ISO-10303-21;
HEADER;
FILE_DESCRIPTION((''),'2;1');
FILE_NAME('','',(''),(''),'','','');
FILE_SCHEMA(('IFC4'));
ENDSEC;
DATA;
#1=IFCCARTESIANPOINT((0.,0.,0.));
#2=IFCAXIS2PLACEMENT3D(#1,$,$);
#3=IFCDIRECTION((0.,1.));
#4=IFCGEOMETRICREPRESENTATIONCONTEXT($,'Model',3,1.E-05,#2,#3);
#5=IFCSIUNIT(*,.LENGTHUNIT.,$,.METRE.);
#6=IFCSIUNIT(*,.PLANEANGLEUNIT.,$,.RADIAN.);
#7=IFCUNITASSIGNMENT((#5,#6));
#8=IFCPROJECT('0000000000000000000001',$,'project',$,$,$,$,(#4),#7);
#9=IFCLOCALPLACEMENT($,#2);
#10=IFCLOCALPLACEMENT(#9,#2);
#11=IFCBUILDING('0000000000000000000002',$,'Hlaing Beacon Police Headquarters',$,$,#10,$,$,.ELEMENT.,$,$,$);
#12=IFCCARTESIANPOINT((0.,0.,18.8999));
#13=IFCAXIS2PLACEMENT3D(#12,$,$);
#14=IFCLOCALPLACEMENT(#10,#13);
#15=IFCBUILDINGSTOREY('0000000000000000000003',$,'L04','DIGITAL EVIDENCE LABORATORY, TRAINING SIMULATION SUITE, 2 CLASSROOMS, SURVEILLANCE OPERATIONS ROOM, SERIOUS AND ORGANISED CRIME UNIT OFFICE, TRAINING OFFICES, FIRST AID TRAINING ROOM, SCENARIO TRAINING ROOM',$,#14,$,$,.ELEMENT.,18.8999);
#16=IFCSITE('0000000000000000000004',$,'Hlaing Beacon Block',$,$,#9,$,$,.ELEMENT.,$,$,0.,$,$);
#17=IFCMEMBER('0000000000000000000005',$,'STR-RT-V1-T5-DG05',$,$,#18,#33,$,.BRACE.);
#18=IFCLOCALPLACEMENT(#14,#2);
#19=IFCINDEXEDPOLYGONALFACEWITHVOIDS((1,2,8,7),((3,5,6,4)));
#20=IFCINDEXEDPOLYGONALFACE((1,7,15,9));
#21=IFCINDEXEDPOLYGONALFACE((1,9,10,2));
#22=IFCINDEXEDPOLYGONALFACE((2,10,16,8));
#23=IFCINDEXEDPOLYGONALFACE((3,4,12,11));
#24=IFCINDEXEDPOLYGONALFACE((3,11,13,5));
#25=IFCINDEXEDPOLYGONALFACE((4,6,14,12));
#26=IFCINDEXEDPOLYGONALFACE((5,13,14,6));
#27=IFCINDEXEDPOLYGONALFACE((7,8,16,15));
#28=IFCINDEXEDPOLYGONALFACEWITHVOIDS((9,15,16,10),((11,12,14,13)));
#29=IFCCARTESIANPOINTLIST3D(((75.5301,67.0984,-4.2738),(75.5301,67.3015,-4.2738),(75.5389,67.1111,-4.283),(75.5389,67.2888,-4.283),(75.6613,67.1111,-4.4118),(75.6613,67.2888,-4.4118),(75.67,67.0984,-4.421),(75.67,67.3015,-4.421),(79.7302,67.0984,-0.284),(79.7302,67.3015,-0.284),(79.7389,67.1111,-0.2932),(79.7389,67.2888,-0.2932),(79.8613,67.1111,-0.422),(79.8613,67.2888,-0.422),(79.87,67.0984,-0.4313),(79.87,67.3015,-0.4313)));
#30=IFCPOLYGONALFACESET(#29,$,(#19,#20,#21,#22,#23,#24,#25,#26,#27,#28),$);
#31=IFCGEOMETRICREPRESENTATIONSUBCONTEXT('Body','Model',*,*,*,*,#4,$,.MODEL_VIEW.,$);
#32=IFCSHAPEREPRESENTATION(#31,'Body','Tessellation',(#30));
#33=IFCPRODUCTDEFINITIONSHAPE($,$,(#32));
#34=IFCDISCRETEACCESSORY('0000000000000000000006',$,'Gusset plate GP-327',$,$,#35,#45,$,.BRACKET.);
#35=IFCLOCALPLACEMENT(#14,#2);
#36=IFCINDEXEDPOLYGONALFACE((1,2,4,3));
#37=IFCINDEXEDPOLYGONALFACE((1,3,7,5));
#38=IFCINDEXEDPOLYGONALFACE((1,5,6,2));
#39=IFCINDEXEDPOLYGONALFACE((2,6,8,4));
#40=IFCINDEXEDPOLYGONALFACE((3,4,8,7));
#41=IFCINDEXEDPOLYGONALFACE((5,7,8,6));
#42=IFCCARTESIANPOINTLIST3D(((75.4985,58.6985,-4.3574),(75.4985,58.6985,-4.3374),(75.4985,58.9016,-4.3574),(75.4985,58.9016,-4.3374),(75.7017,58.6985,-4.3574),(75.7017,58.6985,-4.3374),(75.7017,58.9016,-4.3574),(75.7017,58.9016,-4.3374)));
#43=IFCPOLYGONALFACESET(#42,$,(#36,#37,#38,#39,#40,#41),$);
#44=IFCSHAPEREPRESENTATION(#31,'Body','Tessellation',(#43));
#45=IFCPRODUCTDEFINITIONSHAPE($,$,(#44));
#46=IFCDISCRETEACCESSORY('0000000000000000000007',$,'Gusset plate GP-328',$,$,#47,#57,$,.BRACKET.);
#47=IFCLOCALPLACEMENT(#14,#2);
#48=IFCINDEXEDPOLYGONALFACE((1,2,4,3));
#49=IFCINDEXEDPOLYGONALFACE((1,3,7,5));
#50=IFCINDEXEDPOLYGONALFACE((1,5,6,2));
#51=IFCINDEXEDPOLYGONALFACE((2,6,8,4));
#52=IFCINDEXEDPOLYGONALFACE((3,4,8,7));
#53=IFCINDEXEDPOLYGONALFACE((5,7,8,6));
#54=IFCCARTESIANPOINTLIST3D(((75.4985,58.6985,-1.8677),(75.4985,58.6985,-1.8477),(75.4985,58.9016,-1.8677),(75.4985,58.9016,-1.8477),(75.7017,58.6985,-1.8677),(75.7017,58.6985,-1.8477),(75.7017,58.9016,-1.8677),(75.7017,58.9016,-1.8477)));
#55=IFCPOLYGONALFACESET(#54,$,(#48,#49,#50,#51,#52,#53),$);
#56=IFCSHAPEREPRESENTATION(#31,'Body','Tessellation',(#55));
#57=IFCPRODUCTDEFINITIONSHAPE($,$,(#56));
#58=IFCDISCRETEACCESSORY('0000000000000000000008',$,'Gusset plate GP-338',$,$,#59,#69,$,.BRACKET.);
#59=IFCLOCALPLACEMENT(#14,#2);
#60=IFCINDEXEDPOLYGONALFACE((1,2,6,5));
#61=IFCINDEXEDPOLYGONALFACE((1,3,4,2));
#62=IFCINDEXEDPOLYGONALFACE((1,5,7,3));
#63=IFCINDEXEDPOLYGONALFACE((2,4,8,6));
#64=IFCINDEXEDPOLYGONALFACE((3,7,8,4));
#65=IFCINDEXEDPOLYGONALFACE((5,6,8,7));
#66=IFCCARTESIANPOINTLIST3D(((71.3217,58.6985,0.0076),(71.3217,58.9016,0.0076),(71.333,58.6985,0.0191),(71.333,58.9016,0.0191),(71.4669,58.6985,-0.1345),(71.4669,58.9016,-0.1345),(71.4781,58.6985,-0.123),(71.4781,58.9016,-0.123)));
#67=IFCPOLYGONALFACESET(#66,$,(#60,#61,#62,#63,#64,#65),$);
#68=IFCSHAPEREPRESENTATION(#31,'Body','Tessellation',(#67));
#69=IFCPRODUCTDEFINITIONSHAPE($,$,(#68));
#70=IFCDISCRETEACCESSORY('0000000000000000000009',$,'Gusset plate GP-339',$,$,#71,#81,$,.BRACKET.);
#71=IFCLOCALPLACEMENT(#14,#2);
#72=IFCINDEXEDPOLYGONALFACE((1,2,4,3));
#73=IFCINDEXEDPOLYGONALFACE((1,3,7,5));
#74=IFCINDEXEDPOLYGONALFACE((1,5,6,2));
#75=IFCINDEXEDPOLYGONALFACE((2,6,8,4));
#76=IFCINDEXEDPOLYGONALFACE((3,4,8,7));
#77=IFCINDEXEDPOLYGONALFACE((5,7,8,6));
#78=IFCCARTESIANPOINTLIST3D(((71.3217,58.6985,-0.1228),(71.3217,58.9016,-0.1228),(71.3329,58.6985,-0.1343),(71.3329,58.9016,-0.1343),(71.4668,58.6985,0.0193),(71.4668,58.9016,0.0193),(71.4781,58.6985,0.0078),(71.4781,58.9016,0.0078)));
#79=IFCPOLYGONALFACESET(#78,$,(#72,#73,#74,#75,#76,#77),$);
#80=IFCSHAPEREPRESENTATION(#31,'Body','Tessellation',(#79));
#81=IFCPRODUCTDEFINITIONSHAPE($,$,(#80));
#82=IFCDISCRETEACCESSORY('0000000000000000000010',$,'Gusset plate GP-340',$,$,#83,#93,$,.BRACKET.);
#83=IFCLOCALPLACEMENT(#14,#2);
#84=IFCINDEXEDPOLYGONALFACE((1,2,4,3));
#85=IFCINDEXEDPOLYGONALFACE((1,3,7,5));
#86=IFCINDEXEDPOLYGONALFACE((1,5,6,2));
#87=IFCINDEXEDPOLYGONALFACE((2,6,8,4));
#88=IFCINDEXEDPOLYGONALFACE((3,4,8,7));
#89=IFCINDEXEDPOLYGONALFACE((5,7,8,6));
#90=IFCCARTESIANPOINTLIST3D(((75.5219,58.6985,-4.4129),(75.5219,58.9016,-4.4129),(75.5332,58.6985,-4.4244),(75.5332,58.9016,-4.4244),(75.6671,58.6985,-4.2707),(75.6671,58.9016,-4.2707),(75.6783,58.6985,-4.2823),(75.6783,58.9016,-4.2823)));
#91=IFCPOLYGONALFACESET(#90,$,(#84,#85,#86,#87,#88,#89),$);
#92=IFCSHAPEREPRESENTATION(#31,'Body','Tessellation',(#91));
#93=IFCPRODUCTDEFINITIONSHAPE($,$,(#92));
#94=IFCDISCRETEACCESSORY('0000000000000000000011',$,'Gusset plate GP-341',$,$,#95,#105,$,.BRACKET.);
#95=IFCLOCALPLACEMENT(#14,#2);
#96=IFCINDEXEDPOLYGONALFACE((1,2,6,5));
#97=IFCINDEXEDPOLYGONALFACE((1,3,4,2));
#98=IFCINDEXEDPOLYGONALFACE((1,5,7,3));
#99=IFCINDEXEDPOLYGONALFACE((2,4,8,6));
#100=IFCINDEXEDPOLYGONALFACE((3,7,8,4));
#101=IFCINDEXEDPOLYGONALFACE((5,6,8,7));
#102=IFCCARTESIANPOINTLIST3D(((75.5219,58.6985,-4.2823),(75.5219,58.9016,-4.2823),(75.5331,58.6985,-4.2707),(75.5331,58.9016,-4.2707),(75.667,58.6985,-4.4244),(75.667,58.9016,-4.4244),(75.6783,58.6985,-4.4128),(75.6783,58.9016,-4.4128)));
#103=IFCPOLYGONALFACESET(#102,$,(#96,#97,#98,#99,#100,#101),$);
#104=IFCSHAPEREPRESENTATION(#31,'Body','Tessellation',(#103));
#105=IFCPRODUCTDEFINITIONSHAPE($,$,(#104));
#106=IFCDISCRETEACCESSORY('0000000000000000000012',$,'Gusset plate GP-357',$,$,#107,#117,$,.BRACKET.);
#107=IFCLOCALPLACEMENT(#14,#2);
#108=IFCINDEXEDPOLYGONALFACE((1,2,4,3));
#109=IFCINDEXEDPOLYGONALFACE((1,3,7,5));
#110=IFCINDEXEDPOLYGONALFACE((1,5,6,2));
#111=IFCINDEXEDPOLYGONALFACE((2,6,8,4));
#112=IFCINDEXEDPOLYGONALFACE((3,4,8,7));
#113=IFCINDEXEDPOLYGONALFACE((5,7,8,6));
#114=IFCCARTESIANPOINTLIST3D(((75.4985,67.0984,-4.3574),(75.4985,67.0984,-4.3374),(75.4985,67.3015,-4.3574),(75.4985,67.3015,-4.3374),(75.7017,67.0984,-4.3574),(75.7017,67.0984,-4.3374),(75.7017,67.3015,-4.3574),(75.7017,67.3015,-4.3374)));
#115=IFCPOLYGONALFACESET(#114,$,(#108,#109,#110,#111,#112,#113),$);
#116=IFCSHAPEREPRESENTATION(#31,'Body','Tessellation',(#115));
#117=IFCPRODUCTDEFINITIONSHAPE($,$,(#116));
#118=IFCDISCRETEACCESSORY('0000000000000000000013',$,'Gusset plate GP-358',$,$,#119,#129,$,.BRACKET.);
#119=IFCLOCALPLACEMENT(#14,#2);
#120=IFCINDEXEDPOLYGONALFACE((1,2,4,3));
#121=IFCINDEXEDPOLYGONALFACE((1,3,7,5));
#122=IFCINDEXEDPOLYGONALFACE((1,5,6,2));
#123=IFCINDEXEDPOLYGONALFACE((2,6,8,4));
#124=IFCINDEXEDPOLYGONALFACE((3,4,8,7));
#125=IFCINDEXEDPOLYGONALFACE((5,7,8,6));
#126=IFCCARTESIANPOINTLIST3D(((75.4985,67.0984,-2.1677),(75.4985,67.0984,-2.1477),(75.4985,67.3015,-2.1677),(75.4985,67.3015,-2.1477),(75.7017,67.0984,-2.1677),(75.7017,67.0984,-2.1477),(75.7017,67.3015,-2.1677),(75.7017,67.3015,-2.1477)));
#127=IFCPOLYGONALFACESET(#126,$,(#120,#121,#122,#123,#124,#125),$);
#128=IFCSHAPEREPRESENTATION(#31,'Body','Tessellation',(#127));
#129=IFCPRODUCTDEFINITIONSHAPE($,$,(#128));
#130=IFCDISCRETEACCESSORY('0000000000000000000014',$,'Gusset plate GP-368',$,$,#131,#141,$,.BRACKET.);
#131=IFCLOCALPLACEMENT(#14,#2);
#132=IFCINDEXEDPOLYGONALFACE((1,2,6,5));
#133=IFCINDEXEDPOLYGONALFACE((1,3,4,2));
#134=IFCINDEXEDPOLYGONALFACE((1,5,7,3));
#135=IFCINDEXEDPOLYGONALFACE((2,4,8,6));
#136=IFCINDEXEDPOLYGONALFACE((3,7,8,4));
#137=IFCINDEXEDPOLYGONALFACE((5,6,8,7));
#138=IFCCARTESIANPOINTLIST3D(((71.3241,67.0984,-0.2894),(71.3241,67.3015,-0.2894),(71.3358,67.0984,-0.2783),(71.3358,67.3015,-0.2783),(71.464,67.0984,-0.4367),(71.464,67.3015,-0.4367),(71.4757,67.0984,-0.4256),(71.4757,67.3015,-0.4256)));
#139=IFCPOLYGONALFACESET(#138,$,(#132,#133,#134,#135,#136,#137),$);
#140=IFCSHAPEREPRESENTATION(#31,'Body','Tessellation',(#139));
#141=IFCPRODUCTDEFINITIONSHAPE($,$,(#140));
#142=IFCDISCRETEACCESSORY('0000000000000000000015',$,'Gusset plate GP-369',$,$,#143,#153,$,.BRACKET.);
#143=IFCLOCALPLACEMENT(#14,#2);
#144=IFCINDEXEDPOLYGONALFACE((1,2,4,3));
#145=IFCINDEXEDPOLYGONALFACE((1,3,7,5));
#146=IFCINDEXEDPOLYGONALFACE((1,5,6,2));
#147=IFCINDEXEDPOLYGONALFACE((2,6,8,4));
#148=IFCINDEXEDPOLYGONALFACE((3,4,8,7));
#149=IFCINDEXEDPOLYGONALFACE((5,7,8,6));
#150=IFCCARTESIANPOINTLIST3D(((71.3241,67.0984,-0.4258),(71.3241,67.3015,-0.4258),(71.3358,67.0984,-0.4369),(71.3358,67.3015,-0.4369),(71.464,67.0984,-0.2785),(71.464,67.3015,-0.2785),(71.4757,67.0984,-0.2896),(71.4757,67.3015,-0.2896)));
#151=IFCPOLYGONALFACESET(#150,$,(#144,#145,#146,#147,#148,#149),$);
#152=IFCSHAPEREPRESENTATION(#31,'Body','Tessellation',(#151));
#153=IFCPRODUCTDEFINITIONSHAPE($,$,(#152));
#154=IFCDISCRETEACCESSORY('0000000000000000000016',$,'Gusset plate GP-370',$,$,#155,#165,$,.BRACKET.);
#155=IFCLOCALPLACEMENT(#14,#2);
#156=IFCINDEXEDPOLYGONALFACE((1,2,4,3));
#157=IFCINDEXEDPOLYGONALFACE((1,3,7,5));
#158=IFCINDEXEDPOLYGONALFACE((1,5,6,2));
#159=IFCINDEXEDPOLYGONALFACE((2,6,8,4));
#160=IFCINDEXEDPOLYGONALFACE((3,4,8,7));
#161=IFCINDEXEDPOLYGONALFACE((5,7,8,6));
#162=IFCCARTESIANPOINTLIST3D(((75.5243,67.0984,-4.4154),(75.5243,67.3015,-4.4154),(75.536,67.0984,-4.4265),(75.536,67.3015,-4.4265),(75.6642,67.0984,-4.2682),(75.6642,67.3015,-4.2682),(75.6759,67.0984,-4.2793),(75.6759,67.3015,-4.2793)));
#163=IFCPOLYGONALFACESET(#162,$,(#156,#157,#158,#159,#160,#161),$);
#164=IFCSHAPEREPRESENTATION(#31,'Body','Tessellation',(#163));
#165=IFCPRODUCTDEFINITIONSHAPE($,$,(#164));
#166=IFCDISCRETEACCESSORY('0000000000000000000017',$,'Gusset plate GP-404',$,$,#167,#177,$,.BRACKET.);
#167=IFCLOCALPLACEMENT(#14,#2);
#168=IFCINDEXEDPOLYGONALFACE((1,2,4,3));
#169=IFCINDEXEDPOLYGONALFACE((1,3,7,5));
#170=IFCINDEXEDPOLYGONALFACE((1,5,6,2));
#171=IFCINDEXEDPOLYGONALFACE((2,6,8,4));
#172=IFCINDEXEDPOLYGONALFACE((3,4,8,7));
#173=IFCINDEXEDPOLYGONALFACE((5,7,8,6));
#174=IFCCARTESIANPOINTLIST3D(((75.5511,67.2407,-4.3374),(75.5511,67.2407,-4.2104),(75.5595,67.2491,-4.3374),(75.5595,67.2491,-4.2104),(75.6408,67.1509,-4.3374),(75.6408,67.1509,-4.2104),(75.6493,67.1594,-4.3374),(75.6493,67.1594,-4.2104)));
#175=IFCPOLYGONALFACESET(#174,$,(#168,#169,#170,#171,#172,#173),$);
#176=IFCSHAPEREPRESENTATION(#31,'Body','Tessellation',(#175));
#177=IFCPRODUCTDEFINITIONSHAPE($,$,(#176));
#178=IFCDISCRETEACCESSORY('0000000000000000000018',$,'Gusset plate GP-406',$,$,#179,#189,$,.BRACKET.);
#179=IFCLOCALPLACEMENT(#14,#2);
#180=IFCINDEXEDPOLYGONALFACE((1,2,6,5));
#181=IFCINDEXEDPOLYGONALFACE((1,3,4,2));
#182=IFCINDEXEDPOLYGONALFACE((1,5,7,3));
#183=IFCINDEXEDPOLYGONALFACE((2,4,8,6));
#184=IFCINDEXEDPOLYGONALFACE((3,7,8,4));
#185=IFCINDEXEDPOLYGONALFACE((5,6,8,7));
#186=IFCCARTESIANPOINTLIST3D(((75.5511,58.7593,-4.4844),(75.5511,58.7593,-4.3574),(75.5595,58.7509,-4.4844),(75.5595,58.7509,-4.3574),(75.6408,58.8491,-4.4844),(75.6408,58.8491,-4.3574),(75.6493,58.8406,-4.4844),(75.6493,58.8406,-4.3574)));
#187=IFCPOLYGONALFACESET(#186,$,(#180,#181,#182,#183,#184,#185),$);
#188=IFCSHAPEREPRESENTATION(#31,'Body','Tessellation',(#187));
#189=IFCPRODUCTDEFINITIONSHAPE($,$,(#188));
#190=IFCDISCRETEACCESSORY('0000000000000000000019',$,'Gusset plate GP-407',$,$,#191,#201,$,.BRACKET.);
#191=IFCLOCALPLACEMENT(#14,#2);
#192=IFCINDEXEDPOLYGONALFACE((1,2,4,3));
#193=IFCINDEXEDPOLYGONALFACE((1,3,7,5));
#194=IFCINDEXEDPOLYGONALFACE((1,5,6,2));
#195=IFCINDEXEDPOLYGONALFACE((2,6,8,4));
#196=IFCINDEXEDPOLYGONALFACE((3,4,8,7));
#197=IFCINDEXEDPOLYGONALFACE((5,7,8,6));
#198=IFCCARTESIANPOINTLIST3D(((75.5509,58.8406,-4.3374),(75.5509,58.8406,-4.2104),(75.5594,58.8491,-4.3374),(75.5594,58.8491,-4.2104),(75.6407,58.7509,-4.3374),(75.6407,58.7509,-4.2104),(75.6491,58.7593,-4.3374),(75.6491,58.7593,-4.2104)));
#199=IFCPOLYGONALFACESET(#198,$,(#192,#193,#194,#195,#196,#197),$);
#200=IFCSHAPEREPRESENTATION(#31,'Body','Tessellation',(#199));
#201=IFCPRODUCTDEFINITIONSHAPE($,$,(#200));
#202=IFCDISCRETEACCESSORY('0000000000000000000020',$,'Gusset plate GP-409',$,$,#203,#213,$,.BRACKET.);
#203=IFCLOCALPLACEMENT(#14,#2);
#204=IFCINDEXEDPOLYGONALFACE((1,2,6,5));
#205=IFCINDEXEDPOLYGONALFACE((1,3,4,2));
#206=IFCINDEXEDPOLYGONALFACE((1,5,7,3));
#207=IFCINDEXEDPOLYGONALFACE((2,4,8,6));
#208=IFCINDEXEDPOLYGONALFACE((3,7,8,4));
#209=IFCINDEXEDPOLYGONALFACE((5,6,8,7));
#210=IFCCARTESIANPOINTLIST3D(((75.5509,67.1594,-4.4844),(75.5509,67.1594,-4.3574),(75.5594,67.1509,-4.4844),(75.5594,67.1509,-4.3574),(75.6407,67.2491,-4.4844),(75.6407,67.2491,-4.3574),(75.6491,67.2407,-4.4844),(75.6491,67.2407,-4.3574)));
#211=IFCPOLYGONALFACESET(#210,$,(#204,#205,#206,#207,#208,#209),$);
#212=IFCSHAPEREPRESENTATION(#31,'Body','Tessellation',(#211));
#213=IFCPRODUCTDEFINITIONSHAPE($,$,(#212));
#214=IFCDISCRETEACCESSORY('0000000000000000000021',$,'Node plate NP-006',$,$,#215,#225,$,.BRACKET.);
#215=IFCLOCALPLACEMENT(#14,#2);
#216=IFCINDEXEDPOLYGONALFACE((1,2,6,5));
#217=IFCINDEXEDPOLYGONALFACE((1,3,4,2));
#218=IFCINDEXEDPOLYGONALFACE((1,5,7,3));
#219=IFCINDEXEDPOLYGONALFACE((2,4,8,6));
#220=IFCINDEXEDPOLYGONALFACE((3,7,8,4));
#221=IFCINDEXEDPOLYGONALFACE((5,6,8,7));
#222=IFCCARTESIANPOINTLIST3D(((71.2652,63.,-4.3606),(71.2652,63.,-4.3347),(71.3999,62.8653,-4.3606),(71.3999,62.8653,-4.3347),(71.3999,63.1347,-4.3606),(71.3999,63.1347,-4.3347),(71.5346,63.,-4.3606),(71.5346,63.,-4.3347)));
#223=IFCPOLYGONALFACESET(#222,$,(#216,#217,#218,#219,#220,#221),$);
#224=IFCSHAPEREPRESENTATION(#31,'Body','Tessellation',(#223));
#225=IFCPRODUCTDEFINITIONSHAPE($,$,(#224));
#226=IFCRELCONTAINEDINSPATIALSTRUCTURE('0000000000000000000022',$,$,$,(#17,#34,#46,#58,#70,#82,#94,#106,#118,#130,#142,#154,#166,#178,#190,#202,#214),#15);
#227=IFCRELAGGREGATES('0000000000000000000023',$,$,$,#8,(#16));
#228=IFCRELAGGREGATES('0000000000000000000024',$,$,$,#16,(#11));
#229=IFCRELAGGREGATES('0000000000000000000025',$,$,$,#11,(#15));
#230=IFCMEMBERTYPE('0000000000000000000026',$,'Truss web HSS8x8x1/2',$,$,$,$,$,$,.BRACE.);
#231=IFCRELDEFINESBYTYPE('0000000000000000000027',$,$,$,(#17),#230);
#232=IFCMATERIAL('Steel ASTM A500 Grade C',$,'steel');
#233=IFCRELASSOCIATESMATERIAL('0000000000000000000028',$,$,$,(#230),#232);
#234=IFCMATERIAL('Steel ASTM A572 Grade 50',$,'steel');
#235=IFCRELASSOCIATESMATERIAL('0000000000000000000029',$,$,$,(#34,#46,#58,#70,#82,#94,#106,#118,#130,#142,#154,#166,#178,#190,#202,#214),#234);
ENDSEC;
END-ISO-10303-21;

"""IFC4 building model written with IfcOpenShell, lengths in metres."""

from ifc_helpers import new_model, si_unit, direction, frame, origin, origin_2d, place, context, subcontext, project, spatial, rectangle, hollow_rectangle, extrude, material, material_profile, profile_set, type_object, element, save


model = new_model("IFC4")

# Units and contexts
model_context = context("Model", 3, precision=1e-05, world=origin(), true_north=direction((0.0, 1.0)))
body_context = subcontext(model_context, "Body", "Model", "MODEL_VIEW")
ifc_project = project(units=[si_unit("LENGTHUNIT", "METRE"), si_unit("PLANEANGLEUNIT", "RADIAN")], contexts=[model_context])

# Site, building, storey
site_placement = place(None, origin())
site = spatial("IfcSite", under=ifc_project, at=site_placement, Name="Hlaing Beacon Block", CompositionType="ELEMENT", RefElevation=0.0)
building_placement = place(site_placement, origin())
building = spatial("IfcBuilding", under=site, at=building_placement, Name="Hlaing Beacon Police Headquarters", CompositionType="ELEMENT")
storey_placement = place(building_placement, frame((0.0, 0.0, 18.8999)))
storey = spatial("IfcBuildingStorey", under=building, at=storey_placement, Name="L04", Description="DIGITAL EVIDENCE LABORATORY, TRAINING SIMULATION SUITE, 2 CLASSROOMS, SURVEILLANCE OPERATIONS ROOM, SERIOUS AND ORGANISED CRIME UNIT OFFICE, TRAINING OFFICES, FIRST AID TRAINING ROOM, SCENARIO TRAINING ROOM", CompositionType="ELEMENT", Elevation=18.8999)

# Member
ifc_material_1 = material(Name="Steel ASTM A500 Grade C", Category="steel")
ifc_material_profile_1 = material_profile(ifc_material_1, hollow_rectangle(XDim=0.2031, YDim=0.2031, WallThickness=0.0127, at=origin_2d()), Name="HSS8x8x1/2")
ifc_profile_set_1 = profile_set([ifc_material_profile_1], Name="Steel ASTM A500 Grade C")
member_type_1 = type_object("IfcMemberType", Name="Truss web HSS8x8x1/2", PredefinedType="BRACE", material=ifc_profile_set_1)
for number, where, z_axis, x_axis, name in (
    (1, (75.6001, 67.2, -4.3474), (0.725017, 0.0, 0.688731), (0.0, 1.0, 0.0), "STR-RT-V1-T5-DG05"),
):
    element("IfcMember", number, at=place(storey_placement, frame(where, z_axis=z_axis, x_axis=x_axis)), inside=storey, type_object=member_type_1, Name=name, PredefinedType="BRACE", context=body_context, shape_type="SweptSolid", body=[
        extrude(hollow_rectangle(XDim=0.2031, YDim=0.2031, WallThickness=0.0127, at=origin_2d()), origin(), (0.0, 0.0, 1.0), 5.793),
    ])

# Discrete accessories
ifc_material_2 = material(Name="Steel ASTM A572 Grade 50", Category="steel")
for number, where, z_axis, x_axis, name in (
    (2, (75.6001, 58.8, -4.3374), (0.0, 0.0, -1.0), (1.0, 0.0, 0.0), "Gusset plate GP-327"),
    (3, (75.6001, 58.8, -1.8677), (0.0, 0.0, 1.0), (1.0, 0.0, 0.0), "Gusset plate GP-328"),
):
    element("IfcDiscreteAccessory", number, at=place(storey_placement, frame(where, z_axis=z_axis, x_axis=x_axis)), inside=storey, material=ifc_material_2, Name=name, PredefinedType="BRACKET", context=body_context, shape_type="SweptSolid", body=[
        extrude(rectangle(XDim=0.2031, YDim=0.2031, at=origin_2d()), origin(), (0.0, 0.0, 1.0), 0.02),
    ])
for number, where, z_axis, x_axis, name in (
    (4, (71.3943, 58.8, -0.0635), (0.699585, 0.0, 0.71455), (0.0, 1.0, 0.0), "Gusset plate GP-338"),
    (5, (71.4055, 58.8, -0.0632), (-0.699605, 0.0, 0.714529), (0.0, -1.0, 0.0), "Gusset plate GP-339"),
    (6, (75.5945, 58.8, -4.3418), (0.699605, 0.0, -0.714529), (0.0, 1.0, 0.0), "Gusset plate GP-340"),
    (7, (75.6057, 58.8, -4.3418), (-0.699585, 0.0, -0.71455), (0.0, -1.0, 0.0), "Gusset plate GP-341"),
):
    element("IfcDiscreteAccessory", number, at=place(storey_placement, frame(where, z_axis=z_axis, x_axis=x_axis)), inside=storey, material=ifc_material_2, Name=name, PredefinedType="BRACKET", context=body_context, shape_type="SweptSolid", body=[
        extrude(rectangle(XDim=0.2031, YDim=0.2031, at=origin_2d()), origin(), (0.0, 0.0, 1.0), 0.0161),
    ])
for number, where, z_axis, x_axis, name in (
    (8, (75.6001, 67.2, -4.3374), (0.0, 0.0, -1.0), (1.0, 0.0, 0.0), "Gusset plate GP-357"),
    (9, (75.6001, 67.2, -2.1677), (0.0, 0.0, 1.0), (1.0, 0.0, 0.0), "Gusset plate GP-358"),
):
    element("IfcDiscreteAccessory", number, at=place(storey_placement, frame(where, z_axis=z_axis, x_axis=x_axis)), inside=storey, material=ifc_material_2, Name=name, PredefinedType="BRACKET", context=body_context, shape_type="SweptSolid", body=[
        extrude(rectangle(XDim=0.2031, YDim=0.2031, at=origin_2d()), origin(), (0.0, 0.0, 1.0), 0.02),
    ])
for number, where, z_axis, x_axis, name in (
    (10, (71.394, 67.2, -0.363), (0.725017, 0.0, 0.688731), (0.0, 1.0, 0.0), "Gusset plate GP-368"),
    (11, (71.4058, 67.2, -0.3633), (-0.725037, 0.0, 0.68871), (0.0, -1.0, 0.0), "Gusset plate GP-369"),
    (12, (75.5942, 67.2, -4.3418), (0.725037, 0.0, -0.68871), (0.0, 1.0, 0.0), "Gusset plate GP-370"),
):
    element("IfcDiscreteAccessory", number, at=place(storey_placement, frame(where, z_axis=z_axis, x_axis=x_axis)), inside=storey, material=ifc_material_2, Name=name, PredefinedType="BRACKET", context=body_context, shape_type="SweptSolid", body=[
        extrude(rectangle(XDim=0.2031, YDim=0.2031, at=origin_2d()), origin(), (0.0, 0.0, 1.0), 0.0161),
    ])
for number, where, z_axis, x_axis, name in (
    (13, (75.5959, 67.1958, -4.2739), (0.707117, 0.707097, 0.0), (-0.707097, 0.707117, 0.0), "Gusset plate GP-404"),
    (14, (75.5959, 58.8042, -4.4209), (0.707117, -0.707097, 0.0), (0.707097, 0.707117, 0.0), "Gusset plate GP-406"),
    (15, (75.6042, 58.8042, -4.2739), (-0.707107, -0.707107, 0.0), (0.707107, -0.707107, 0.0), "Gusset plate GP-407"),
    (16, (75.6042, 67.1958, -4.4209), (-0.707107, 0.707107, 0.0), (-0.707107, -0.707107, 0.0), "Gusset plate GP-409"),
):
    element("IfcDiscreteAccessory", number, at=place(storey_placement, frame(where, z_axis=z_axis, x_axis=x_axis)), inside=storey, material=ifc_material_2, Name=name, PredefinedType="BRACKET", context=body_context, shape_type="SweptSolid", body=[
        extrude(rectangle(XDim=0.127, YDim=0.127, at=origin_2d()), origin(), (0.0, 0.0, 1.0), 0.012),
    ])
discrete_accessory_placement = place(storey_placement, frame((71.3999, 63.0, -4.3606), z_axis=(0.0, 0.0, 1.0), x_axis=(0.707107, 0.707107, 0.0)))
element("IfcDiscreteAccessory", 17, at=discrete_accessory_placement, inside=storey, material=ifc_material_2, Name="Node plate NP-006", PredefinedType="BRACKET", context=body_context, shape_type="SweptSolid", body=[
    extrude(rectangle(XDim=0.1904, YDim=0.1904, at=origin_2d()), origin(), (0.0, 0.0, 1.0), 0.0259),
])

save(model, "model.ifc")
